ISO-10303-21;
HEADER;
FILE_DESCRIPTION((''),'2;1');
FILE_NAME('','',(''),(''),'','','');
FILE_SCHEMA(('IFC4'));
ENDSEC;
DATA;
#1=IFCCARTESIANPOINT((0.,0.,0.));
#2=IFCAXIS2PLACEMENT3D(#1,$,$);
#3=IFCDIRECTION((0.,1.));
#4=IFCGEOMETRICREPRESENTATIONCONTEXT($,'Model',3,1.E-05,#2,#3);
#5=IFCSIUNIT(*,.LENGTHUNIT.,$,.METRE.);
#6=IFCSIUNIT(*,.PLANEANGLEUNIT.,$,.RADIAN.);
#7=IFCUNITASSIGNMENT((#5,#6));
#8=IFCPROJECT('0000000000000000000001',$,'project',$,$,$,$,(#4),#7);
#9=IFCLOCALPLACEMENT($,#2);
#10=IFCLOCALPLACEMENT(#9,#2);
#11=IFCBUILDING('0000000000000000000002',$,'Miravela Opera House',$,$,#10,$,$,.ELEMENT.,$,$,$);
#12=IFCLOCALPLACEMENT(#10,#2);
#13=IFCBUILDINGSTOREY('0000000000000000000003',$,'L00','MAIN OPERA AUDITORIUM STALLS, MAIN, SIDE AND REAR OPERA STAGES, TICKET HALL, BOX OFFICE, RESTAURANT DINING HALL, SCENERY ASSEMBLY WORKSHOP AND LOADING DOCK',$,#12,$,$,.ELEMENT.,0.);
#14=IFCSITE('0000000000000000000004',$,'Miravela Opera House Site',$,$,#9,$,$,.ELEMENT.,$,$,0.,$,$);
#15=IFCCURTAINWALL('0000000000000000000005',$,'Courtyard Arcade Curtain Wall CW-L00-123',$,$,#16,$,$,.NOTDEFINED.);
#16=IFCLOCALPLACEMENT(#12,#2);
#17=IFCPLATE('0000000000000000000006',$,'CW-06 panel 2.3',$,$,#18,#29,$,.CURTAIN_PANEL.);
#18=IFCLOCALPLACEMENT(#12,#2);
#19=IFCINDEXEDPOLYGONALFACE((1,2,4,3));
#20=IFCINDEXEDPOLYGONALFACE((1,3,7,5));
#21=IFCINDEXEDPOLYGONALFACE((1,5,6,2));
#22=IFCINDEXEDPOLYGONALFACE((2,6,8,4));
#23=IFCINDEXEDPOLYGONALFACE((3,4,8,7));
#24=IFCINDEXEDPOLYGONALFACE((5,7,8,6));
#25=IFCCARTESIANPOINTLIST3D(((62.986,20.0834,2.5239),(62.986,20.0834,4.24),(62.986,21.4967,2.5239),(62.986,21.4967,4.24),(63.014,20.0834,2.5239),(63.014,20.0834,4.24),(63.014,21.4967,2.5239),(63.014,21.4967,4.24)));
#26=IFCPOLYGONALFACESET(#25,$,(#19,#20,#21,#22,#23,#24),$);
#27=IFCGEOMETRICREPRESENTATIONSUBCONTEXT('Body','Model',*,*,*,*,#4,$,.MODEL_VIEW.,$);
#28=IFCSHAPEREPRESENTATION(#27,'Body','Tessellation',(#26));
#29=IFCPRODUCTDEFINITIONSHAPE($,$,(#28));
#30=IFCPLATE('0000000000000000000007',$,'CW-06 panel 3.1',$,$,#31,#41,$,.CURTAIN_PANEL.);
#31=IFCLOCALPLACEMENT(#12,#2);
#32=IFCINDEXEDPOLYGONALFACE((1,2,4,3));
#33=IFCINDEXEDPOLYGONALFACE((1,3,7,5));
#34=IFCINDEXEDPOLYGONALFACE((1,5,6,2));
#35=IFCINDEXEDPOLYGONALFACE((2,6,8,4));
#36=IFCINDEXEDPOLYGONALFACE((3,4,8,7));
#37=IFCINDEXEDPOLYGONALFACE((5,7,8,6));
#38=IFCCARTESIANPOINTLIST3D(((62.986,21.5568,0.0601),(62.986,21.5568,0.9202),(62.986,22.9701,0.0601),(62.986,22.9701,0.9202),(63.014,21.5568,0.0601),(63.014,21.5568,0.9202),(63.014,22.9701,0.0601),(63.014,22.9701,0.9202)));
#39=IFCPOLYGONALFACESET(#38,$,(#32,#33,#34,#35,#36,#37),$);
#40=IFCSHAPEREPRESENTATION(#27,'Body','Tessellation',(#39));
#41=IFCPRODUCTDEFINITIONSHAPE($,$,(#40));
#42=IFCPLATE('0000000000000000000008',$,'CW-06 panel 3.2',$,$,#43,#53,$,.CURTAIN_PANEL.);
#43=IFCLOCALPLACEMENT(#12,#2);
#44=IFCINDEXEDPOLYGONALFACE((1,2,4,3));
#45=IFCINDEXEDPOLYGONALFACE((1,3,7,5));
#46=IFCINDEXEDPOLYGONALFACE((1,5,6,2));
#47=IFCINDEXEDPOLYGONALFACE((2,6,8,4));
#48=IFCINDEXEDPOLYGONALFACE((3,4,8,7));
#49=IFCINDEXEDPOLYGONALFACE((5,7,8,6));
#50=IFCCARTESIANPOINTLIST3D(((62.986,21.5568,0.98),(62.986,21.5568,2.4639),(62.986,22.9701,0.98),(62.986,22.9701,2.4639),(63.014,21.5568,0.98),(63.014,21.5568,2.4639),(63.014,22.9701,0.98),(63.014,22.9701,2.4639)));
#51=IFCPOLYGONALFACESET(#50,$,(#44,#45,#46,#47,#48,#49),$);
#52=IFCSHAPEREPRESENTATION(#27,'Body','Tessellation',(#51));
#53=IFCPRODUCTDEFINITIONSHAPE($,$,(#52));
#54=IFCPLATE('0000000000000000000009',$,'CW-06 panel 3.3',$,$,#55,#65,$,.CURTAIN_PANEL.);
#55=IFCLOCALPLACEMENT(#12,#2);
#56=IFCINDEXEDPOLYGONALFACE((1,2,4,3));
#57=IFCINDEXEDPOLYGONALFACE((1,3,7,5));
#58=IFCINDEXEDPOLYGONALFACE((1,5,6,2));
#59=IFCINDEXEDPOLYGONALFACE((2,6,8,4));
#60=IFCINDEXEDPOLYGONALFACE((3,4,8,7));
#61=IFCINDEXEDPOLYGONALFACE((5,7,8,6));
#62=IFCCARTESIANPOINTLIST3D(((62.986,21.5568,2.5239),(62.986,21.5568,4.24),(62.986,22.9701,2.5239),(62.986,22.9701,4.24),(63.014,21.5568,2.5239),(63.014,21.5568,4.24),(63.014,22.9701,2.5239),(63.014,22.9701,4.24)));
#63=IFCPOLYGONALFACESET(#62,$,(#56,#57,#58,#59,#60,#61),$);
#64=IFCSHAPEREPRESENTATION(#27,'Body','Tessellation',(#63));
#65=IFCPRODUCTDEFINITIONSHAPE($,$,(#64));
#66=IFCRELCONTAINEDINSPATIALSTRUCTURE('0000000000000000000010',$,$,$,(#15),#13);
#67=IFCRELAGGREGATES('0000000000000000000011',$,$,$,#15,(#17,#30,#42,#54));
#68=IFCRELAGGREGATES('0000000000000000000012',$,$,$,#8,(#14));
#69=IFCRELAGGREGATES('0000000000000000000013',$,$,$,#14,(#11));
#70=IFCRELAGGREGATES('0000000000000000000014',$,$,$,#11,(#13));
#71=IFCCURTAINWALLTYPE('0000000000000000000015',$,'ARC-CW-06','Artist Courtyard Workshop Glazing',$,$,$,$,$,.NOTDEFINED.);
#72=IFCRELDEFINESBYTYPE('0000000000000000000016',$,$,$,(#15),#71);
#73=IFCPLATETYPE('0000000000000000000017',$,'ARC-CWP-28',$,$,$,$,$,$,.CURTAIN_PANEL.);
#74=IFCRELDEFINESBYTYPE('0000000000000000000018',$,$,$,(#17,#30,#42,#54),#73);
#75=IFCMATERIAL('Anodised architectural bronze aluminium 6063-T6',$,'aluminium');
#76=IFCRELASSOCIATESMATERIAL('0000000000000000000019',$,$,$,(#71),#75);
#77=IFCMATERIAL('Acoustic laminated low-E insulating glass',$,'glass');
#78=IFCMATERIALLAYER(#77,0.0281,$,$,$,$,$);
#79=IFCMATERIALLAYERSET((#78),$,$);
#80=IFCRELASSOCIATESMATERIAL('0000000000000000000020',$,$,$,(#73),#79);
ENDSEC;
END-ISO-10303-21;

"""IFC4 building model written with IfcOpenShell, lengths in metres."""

from ifc_helpers import new_model, si_unit, direction, frame, origin, origin_2d, place, context, subcontext, project, spatial, rectangle, extrude, material, layer, layer_set, type_object, element, aggregate, save


model = new_model("IFC4")

# Units and contexts
model_context = context("Model", 3, precision=1e-05, world=origin(), true_north=direction((0.0, 1.0)))
body_context = subcontext(model_context, "Body", "Model", "MODEL_VIEW")
ifc_project = project(units=[si_unit("LENGTHUNIT", "METRE"), si_unit("PLANEANGLEUNIT", "RADIAN")], contexts=[model_context])

# Site, building, storey
site_placement = place(None, origin())
site = spatial("IfcSite", under=ifc_project, at=site_placement, Name="Miravela Opera House Site", CompositionType="ELEMENT", RefElevation=0.0)
building_placement = place(site_placement, origin())
building = spatial("IfcBuilding", under=site, at=building_placement, Name="Miravela Opera House", CompositionType="ELEMENT")
storey_placement = place(building_placement, origin())
storey = spatial("IfcBuildingStorey", under=building, at=storey_placement, Name="L00", Description="MAIN OPERA AUDITORIUM STALLS, MAIN, SIDE AND REAR OPERA STAGES, TICKET HALL, BOX OFFICE, RESTAURANT DINING HALL, SCENERY ASSEMBLY WORKSHOP AND LOADING DOCK", CompositionType="ELEMENT", Elevation=0.0)

# Curtain wall
ifc_material_1 = material(Name="Anodised architectural bronze aluminium 6063-T6", Category="aluminium")
curtain_wall_type = type_object("IfcCurtainWallType", Name="ARC-CW-06", Description="Artist Courtyard Workshop Glazing", PredefinedType="NOTDEFINED", material=ifc_material_1)
curtain_wall_1_placement = place(storey_placement, origin())
curtain_wall_1 = element("IfcCurtainWall", 1, at=curtain_wall_1_placement, inside=storey, type_object=curtain_wall_type, Name="Courtyard Arcade Curtain Wall CW-L00-123", PredefinedType="NOTDEFINED")

# Plates
ifc_material_2 = material(Name="Acoustic laminated low-E insulating glass", Category="glass")
ifc_layer = layer(ifc_material_2, 0.0281)
ifc_layer_set = layer_set([ifc_layer])
plate_type = type_object("IfcPlateType", Name="ARC-CWP-28", PredefinedType="CURTAIN_PANEL", material=ifc_layer_set)
plate_1_placement = place(storey_placement, frame((63.0, 20.79, 2.5239), z_axis=(0.0, 0.0, 1.0), x_axis=(0.0, 1.0, 0.0)))
plate_1 = element("IfcPlate", 2, at=plate_1_placement, type_object=plate_type, Name="CW-06 panel 2.3", PredefinedType="CURTAIN_PANEL", context=body_context, shape_type="SweptSolid", body=[
    extrude(rectangle(XDim=1.4133, YDim=0.0281, at=origin_2d()), origin(), (0.0, 0.0, 1.0), 1.7161),
])
plate_2_placement = place(storey_placement, frame((63.0, 22.2634, 0.0601), z_axis=(0.0, 0.0, 1.0), x_axis=(0.0, 1.0, 0.0)))
plate_2 = element("IfcPlate", 3, at=plate_2_placement, type_object=plate_type, Name="CW-06 panel 3.1", PredefinedType="CURTAIN_PANEL", context=body_context, shape_type="SweptSolid", body=[
    extrude(rectangle(XDim=1.4133, YDim=0.0281, at=origin_2d()), origin(), (0.0, 0.0, 1.0), 0.8601),
])
plate_3_placement = place(storey_placement, frame((63.0, 22.2634, 0.98), z_axis=(0.0, 0.0, 1.0), x_axis=(0.0, 1.0, 0.0)))
plate_3 = element("IfcPlate", 4, at=plate_3_placement, type_object=plate_type, Name="CW-06 panel 3.2", PredefinedType="CURTAIN_PANEL", context=body_context, shape_type="SweptSolid", body=[
    extrude(rectangle(XDim=1.4133, YDim=0.0281, at=origin_2d()), origin(), (0.0, 0.0, 1.0), 1.4839),
])
plate_4_placement = place(storey_placement, frame((63.0, 22.2634, 2.5239), z_axis=(0.0, 0.0, 1.0), x_axis=(0.0, 1.0, 0.0)))
plate_4 = element("IfcPlate", 5, at=plate_4_placement, type_object=plate_type, Name="CW-06 panel 3.3", PredefinedType="CURTAIN_PANEL", context=body_context, shape_type="SweptSolid", body=[
    extrude(rectangle(XDim=1.4133, YDim=0.0281, at=origin_2d()), origin(), (0.0, 0.0, 1.0), 1.7161),
])
aggregate(curtain_wall_1, [plate_1, plate_2, plate_3, plate_4])

save(model, "model.ifc")
